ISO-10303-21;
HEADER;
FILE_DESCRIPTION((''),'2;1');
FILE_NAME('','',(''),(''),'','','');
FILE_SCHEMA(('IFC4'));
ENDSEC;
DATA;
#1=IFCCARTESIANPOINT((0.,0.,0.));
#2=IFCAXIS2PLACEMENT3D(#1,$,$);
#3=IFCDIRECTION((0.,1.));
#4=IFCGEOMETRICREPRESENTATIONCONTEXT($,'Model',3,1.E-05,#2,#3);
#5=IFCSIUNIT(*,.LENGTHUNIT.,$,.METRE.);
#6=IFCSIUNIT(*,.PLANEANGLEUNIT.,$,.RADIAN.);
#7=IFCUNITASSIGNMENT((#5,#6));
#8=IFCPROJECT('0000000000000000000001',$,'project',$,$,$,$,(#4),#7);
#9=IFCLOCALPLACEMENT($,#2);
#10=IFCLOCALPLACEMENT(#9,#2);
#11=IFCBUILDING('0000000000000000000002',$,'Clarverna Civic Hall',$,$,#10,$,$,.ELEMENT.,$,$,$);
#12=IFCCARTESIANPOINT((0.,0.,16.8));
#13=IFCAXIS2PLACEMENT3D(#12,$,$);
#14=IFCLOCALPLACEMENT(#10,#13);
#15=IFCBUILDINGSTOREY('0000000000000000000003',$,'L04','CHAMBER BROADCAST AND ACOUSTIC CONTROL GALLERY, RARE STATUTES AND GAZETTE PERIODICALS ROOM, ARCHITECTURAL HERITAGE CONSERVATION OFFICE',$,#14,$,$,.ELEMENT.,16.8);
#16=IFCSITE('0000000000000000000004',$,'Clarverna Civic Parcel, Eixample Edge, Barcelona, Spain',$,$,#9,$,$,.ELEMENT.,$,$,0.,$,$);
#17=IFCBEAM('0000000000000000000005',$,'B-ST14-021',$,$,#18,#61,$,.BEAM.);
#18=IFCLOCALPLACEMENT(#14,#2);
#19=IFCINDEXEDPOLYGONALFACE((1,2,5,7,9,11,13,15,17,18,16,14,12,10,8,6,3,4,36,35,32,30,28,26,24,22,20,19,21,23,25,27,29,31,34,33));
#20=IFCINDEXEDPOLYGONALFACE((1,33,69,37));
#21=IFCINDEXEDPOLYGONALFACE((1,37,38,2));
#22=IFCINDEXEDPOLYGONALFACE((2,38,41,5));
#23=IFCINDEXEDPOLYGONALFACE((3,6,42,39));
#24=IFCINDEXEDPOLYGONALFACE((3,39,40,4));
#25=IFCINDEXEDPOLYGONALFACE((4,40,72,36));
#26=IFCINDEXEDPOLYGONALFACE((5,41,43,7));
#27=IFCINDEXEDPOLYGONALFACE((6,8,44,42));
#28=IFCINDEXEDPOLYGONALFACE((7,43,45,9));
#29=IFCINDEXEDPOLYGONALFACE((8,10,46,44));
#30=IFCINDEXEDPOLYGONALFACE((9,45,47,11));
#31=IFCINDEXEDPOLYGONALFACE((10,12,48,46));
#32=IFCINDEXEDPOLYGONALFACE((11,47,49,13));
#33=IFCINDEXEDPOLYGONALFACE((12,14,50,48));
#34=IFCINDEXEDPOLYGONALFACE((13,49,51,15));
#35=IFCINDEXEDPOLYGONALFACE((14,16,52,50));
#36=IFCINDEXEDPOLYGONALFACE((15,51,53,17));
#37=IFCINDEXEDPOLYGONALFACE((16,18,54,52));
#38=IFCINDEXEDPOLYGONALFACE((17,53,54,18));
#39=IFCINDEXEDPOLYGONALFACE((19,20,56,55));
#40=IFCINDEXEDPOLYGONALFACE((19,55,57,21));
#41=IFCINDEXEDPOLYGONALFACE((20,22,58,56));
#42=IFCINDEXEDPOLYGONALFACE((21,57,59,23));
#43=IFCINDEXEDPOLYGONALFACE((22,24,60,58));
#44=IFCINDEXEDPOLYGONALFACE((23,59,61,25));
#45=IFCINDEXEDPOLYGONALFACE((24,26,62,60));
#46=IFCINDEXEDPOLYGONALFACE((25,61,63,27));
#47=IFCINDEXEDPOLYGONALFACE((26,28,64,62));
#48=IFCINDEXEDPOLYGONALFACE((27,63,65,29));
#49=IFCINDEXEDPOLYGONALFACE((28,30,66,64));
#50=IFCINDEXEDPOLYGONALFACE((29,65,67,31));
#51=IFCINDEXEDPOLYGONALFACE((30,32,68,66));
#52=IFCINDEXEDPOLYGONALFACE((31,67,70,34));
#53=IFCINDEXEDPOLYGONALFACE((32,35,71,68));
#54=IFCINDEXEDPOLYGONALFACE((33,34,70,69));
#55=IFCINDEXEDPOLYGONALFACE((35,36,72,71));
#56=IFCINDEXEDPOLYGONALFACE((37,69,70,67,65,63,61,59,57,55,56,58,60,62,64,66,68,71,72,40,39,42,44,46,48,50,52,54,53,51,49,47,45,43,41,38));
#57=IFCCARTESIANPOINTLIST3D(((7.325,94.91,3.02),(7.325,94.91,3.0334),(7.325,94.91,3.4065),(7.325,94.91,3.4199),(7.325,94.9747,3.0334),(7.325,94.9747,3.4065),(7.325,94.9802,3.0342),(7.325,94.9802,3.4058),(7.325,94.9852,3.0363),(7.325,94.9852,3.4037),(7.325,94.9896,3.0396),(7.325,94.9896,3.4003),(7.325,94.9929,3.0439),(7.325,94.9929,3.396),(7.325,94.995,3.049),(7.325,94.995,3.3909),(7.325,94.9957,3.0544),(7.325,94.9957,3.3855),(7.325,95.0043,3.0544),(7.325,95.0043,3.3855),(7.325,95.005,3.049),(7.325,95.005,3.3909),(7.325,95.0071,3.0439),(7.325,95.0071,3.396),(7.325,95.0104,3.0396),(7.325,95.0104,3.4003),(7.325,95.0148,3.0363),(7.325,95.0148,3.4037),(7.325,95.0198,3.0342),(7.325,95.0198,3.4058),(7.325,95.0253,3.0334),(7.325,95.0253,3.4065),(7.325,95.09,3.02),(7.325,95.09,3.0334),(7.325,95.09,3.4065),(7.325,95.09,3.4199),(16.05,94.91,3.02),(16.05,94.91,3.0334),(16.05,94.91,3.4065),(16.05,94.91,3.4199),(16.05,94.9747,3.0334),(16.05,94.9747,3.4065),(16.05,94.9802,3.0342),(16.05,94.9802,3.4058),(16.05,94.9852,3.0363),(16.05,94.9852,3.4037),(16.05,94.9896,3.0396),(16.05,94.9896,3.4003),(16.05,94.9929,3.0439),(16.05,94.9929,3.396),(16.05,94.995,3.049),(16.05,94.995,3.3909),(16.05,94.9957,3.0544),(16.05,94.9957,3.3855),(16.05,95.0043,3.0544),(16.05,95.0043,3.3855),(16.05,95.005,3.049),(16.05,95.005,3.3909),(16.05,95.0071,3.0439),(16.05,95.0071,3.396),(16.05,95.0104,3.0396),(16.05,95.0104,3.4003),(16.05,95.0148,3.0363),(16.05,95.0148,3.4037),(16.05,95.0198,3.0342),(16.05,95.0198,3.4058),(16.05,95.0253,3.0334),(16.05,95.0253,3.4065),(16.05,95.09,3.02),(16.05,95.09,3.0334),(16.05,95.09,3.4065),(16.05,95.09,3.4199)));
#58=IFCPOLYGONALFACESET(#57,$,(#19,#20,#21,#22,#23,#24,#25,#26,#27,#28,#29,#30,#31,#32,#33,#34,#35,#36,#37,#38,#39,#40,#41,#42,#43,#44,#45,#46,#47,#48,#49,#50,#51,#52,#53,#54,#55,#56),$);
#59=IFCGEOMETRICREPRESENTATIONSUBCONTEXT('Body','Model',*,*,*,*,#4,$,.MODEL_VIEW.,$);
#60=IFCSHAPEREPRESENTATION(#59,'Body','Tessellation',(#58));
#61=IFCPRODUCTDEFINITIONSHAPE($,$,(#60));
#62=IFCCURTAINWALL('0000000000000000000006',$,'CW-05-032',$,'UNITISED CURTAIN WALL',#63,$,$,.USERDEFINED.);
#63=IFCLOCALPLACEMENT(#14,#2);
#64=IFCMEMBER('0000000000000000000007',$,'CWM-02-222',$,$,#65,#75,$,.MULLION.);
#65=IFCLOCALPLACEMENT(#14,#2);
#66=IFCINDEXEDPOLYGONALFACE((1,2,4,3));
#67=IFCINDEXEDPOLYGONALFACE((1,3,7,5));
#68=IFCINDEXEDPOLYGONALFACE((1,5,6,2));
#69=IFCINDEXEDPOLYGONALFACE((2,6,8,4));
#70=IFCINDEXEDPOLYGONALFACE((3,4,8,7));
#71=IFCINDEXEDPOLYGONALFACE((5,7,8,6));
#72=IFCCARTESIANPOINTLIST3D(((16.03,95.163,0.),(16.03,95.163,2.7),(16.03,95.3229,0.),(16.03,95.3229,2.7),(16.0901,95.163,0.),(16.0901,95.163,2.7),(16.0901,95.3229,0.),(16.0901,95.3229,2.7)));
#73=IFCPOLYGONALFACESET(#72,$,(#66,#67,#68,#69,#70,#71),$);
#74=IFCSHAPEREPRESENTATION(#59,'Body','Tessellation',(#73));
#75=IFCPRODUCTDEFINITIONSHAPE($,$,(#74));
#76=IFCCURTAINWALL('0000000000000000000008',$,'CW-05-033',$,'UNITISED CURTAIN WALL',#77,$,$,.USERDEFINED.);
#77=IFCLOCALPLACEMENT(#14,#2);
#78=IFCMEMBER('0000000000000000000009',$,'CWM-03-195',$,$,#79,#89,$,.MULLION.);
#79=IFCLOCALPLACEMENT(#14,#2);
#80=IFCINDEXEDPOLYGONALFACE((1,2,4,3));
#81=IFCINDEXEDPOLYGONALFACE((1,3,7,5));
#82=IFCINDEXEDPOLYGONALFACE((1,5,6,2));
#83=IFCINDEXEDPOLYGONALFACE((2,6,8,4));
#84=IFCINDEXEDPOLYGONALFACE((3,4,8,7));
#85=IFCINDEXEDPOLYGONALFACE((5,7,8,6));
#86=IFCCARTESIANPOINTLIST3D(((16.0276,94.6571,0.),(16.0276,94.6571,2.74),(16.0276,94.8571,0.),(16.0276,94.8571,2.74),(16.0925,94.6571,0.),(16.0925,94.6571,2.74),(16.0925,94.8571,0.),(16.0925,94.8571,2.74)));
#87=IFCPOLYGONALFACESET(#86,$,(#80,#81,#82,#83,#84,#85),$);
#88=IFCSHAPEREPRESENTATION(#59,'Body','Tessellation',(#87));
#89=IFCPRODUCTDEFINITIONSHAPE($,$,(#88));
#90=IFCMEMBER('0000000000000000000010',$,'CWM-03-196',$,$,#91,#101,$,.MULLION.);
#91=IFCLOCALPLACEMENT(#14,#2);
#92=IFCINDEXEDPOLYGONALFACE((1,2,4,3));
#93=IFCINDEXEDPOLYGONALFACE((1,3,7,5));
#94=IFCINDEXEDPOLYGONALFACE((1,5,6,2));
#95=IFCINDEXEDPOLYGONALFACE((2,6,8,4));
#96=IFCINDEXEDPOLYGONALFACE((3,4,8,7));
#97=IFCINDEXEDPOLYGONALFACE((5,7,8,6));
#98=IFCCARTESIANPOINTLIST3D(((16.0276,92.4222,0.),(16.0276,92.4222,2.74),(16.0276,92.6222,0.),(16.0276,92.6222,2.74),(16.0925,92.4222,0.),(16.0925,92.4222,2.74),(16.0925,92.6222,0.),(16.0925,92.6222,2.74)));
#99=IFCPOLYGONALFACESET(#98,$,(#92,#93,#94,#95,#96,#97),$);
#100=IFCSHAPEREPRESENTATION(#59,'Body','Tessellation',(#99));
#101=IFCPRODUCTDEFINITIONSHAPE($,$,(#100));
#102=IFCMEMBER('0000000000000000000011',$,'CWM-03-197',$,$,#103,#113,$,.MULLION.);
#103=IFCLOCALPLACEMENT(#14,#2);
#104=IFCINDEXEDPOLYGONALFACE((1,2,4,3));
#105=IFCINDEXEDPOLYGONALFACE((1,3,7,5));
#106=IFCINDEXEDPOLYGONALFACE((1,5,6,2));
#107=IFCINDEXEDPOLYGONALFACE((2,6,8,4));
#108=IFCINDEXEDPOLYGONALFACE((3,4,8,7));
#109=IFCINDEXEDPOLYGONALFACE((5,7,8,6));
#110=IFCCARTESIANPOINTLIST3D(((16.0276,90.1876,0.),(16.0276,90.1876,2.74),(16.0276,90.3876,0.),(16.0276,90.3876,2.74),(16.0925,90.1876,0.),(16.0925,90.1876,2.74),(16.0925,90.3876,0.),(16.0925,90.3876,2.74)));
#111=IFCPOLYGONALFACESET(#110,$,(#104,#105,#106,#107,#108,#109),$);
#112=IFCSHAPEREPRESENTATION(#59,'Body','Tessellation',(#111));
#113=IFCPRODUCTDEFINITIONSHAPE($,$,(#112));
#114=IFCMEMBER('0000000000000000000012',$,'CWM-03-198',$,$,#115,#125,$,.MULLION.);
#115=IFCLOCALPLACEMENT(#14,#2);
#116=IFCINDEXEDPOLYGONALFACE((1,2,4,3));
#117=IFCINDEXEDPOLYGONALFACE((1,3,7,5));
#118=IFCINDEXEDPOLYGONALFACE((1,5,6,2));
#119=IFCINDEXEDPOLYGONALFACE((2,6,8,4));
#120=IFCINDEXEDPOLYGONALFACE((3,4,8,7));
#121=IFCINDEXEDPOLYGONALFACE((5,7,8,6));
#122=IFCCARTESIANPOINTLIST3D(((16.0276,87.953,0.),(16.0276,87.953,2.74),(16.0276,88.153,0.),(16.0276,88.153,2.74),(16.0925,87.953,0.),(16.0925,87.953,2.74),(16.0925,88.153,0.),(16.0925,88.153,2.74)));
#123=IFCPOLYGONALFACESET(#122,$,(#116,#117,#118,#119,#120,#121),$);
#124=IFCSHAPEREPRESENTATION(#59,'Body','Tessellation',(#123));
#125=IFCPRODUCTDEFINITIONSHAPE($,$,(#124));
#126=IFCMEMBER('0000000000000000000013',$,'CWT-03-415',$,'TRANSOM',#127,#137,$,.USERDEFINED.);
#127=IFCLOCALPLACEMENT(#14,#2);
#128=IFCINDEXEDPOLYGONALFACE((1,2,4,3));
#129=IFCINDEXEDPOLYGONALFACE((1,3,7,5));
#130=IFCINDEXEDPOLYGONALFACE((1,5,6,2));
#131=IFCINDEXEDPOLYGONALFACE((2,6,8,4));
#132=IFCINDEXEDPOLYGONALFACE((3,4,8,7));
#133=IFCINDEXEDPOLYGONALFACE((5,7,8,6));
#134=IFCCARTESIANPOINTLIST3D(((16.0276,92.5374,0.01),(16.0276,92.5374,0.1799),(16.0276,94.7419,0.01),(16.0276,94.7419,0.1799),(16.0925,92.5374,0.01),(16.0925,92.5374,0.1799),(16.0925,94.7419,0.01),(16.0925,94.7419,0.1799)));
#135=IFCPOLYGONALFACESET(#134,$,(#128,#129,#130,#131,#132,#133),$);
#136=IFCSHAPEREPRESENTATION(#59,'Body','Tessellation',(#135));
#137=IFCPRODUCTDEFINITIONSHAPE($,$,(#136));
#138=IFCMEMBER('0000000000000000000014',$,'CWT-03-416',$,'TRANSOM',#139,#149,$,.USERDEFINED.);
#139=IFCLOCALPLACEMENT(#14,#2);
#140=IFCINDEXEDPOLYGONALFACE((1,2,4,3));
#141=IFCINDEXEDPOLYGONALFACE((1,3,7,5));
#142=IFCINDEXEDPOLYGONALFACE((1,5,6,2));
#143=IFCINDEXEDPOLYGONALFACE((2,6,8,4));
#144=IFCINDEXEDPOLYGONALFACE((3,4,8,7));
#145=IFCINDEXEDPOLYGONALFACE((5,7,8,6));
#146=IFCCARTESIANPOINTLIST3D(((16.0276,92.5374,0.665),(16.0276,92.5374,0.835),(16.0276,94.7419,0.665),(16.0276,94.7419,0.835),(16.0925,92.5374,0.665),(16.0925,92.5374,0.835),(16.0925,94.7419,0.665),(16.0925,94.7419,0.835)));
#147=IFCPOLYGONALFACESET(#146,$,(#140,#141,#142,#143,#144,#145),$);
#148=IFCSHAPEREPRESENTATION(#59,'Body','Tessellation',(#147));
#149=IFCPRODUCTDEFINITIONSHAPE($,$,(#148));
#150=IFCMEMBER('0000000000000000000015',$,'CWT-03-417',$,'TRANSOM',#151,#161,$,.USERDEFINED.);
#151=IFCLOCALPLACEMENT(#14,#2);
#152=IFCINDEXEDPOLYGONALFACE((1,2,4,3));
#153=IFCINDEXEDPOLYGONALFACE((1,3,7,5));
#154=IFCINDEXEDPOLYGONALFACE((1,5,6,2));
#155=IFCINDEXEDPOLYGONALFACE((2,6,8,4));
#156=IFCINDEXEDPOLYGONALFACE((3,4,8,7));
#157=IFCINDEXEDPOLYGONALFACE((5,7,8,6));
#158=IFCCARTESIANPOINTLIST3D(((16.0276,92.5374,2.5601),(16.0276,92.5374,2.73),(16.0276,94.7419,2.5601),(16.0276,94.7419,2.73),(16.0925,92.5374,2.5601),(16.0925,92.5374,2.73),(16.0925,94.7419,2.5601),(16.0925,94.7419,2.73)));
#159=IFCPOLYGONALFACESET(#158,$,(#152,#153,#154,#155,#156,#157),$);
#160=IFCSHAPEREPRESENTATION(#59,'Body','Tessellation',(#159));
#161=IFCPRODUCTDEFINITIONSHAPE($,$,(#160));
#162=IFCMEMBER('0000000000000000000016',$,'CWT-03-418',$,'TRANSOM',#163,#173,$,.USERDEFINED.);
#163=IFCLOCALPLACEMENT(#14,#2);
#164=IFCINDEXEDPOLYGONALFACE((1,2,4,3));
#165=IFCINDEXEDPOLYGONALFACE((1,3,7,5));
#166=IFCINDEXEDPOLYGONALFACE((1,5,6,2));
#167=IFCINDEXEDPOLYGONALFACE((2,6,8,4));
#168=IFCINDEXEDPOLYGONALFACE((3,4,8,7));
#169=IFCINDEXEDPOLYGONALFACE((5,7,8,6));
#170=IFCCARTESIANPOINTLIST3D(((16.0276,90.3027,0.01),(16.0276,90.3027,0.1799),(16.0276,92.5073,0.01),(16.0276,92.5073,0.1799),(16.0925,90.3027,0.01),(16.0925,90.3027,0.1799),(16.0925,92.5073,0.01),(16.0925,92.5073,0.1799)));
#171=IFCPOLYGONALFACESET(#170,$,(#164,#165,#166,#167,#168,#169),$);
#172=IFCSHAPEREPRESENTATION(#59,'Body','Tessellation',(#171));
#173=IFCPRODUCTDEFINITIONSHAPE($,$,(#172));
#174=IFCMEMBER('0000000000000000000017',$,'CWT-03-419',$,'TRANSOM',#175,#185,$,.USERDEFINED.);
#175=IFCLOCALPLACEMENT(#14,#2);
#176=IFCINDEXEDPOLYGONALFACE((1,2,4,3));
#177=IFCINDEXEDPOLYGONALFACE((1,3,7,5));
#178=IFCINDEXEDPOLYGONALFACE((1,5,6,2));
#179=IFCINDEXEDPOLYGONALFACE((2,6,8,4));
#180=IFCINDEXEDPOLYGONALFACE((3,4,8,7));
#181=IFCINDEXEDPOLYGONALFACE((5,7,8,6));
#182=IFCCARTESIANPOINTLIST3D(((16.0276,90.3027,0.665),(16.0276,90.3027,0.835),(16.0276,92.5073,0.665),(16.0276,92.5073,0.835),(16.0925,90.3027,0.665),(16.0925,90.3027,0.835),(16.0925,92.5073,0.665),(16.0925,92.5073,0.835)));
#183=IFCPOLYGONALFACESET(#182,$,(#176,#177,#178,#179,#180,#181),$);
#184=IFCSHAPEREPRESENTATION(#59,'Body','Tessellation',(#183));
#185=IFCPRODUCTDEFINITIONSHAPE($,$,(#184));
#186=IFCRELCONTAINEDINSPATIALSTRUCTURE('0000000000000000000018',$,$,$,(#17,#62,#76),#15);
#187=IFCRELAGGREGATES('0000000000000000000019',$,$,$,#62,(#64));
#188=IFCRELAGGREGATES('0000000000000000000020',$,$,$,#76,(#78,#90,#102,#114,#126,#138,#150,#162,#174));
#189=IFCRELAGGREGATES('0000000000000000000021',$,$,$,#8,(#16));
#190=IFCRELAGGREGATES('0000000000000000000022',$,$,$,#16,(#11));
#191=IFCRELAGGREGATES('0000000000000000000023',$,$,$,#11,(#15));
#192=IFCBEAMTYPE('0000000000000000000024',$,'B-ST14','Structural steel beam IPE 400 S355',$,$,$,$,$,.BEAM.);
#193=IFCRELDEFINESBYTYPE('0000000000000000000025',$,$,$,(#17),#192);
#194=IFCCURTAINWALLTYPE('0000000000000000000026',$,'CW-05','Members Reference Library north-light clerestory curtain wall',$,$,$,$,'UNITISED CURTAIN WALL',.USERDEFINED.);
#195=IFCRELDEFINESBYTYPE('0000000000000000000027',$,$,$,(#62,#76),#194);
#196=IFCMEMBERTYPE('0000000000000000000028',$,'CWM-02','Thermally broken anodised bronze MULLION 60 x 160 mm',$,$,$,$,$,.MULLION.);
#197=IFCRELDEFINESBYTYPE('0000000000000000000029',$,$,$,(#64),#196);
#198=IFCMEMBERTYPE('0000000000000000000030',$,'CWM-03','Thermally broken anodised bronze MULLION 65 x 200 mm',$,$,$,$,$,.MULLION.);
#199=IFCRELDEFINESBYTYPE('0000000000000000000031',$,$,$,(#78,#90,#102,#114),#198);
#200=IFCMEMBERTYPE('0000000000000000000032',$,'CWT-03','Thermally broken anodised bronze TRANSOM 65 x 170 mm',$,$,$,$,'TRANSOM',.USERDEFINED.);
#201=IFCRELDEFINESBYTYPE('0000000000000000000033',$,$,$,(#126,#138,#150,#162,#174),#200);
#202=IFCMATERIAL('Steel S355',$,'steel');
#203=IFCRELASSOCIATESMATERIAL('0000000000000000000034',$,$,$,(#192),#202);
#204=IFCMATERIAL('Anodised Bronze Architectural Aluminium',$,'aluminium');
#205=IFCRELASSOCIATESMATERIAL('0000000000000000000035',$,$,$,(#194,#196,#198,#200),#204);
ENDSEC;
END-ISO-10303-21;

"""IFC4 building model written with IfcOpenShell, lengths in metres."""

from ifc_helpers import new_model, si_unit, direction, frame, origin, origin_2d, place, context, subcontext, project, spatial, rectangle, i_section, extrude, material, material_profile, profile_set, type_object, element, aggregate, save


model = new_model("IFC4")

# Units and contexts
model_context = context("Model", 3, precision=1e-05, world=origin(), true_north=direction((0.0, 1.0)))
body_context = subcontext(model_context, "Body", "Model", "MODEL_VIEW")
ifc_project = project(units=[si_unit("LENGTHUNIT", "METRE"), si_unit("PLANEANGLEUNIT", "RADIAN")], contexts=[model_context])

# Site, building, storey
site_placement = place(None, origin())
site = spatial("IfcSite", under=ifc_project, at=site_placement, Name="Clarverna Civic Parcel, Eixample Edge, Barcelona, Spain", CompositionType="ELEMENT", RefElevation=0.0)
building_placement = place(site_placement, origin())
building = spatial("IfcBuilding", under=site, at=building_placement, Name="Clarverna Civic Hall", CompositionType="ELEMENT")
storey_placement = place(building_placement, frame((0.0, 0.0, 16.8)))
storey = spatial("IfcBuildingStorey", under=building, at=storey_placement, Name="L04", Description="CHAMBER BROADCAST AND ACOUSTIC CONTROL GALLERY, RARE STATUTES AND GAZETTE PERIODICALS ROOM, ARCHITECTURAL HERITAGE CONSERVATION OFFICE", CompositionType="ELEMENT", Elevation=16.8)

# Beam
ifc_material_1 = material(Name="Steel S355", Category="steel")
ifc_material_profile_1 = material_profile(ifc_material_1, i_section(OverallWidth=0.1799, OverallDepth=0.3999, WebThickness=0.0085, FlangeThickness=0.0134, FilletRadius=0.021, at=origin_2d()), Name="IPE 400")
ifc_profile_set_1 = profile_set([ifc_material_profile_1], Name="Steel S355")
beam_type = type_object("IfcBeamType", Name="B-ST14", Description="Structural steel beam IPE 400 S355", PredefinedType="BEAM", material=ifc_profile_set_1)
beam_placement = place(storey_placement, frame((7.325, 95.0, 3.22), z_axis=(1.0, 0.0, 0.0), x_axis=(0.0, 1.0, 0.0)))
element("IfcBeam", 1, at=beam_placement, inside=storey, type_object=beam_type, Name="B-ST14-021", PredefinedType="BEAM", context=body_context, shape_type="SweptSolid", body=[
    extrude(i_section(OverallWidth=0.1799, OverallDepth=0.3999, WebThickness=0.0085, FlangeThickness=0.0134, FilletRadius=0.021, at=origin_2d()), origin(), (0.0, 0.0, 1.0), 8.7251),
])

# Curtain wall, member
ifc_material_2 = material(Name="Anodised Bronze Architectural Aluminium", Category="aluminium")
curtain_wall_type = type_object("IfcCurtainWallType", Name="CW-05", Description="Members Reference Library north-light clerestory curtain wall", ElementType="UNITISED CURTAIN WALL", PredefinedType="USERDEFINED", material=ifc_material_2)
curtain_wall_1_placement = place(storey_placement, origin())
curtain_wall_1 = element("IfcCurtainWall", 2, at=curtain_wall_1_placement, inside=storey, type_object=curtain_wall_type, Name="CW-05-032", ObjectType="UNITISED CURTAIN WALL", PredefinedType="USERDEFINED")
ifc_material_profile_2 = material_profile(ifc_material_2, rectangle(XDim=0.0601, YDim=0.1599, at=origin_2d()), Name="BRONZE 60x160")
ifc_profile_set_2 = profile_set([ifc_material_profile_2], Name="Anodised Bronze Architectural Aluminium")
member_type_1 = type_object("IfcMemberType", Name="CWM-02", Description="Thermally broken anodised bronze MULLION 60 x 160 mm", PredefinedType="MULLION", material=ifc_profile_set_2)
member_1_placement = place(storey_placement, frame((16.0601, 95.2429, 0.0), z_axis=(0.0, 0.0, 1.0), x_axis=(1.0, 0.0, 0.0)))
member_1 = element("IfcMember", 3, at=member_1_placement, type_object=member_type_1, Name="CWM-02-222", PredefinedType="MULLION", context=body_context, shape_type="SweptSolid", body=[
    extrude(rectangle(XDim=0.0601, YDim=0.1599, at=origin_2d()), origin(), (0.0, 0.0, 1.0), 2.7),
])
aggregate(curtain_wall_1, [member_1])

# Curtain wall, members
curtain_wall_2_placement = place(storey_placement, origin())
curtain_wall_2 = element("IfcCurtainWall", 4, at=curtain_wall_2_placement, inside=storey, type_object=curtain_wall_type, Name="CW-05-033", ObjectType="UNITISED CURTAIN WALL", PredefinedType="USERDEFINED")
ifc_material_profile_3 = material_profile(ifc_material_2, rectangle(XDim=0.0649, YDim=0.2, at=origin_2d()), Name="BRONZE 65x200")
ifc_profile_set_3 = profile_set([ifc_material_profile_3], Name="Anodised Bronze Architectural Aluminium")
member_type_2 = type_object("IfcMemberType", Name="CWM-03", Description="Thermally broken anodised bronze MULLION 65 x 200 mm", PredefinedType="MULLION", material=ifc_profile_set_3)
member_2_placement = place(storey_placement, frame((16.0601, 94.7571, 0.0), z_axis=(0.0, 0.0, 1.0), x_axis=(1.0, 0.0, 0.0)))
member_2 = element("IfcMember", 5, at=member_2_placement, type_object=member_type_2, Name="CWM-03-195", PredefinedType="MULLION", context=body_context, shape_type="SweptSolid", body=[
    extrude(rectangle(XDim=0.0649, YDim=0.2, at=origin_2d()), origin(), (0.0, 0.0, 1.0), 2.74),
])
member_3_placement = place(storey_placement, frame((16.0601, 92.5222, 0.0), z_axis=(0.0, 0.0, 1.0), x_axis=(1.0, 0.0, 0.0)))
member_3 = element("IfcMember", 6, at=member_3_placement, type_object=member_type_2, Name="CWM-03-196", PredefinedType="MULLION", context=body_context, shape_type="SweptSolid", body=[
    extrude(rectangle(XDim=0.0649, YDim=0.2, at=origin_2d()), origin(), (0.0, 0.0, 1.0), 2.74),
])
member_4_placement = place(storey_placement, frame((16.0601, 90.2876, 0.0), z_axis=(0.0, 0.0, 1.0), x_axis=(1.0, 0.0, 0.0)))
member_4 = element("IfcMember", 7, at=member_4_placement, type_object=member_type_2, Name="CWM-03-197", PredefinedType="MULLION", context=body_context, shape_type="SweptSolid", body=[
    extrude(rectangle(XDim=0.0649, YDim=0.2, at=origin_2d()), origin(), (0.0, 0.0, 1.0), 2.74),
])
member_5_placement = place(storey_placement, frame((16.0601, 88.053, 0.0), z_axis=(0.0, 0.0, 1.0), x_axis=(1.0, 0.0, 0.0)))
member_5 = element("IfcMember", 8, at=member_5_placement, type_object=member_type_2, Name="CWM-03-198", PredefinedType="MULLION", context=body_context, shape_type="SweptSolid", body=[
    extrude(rectangle(XDim=0.0649, YDim=0.2, at=origin_2d()), origin(), (0.0, 0.0, 1.0), 2.74),
])
ifc_material_profile_4 = material_profile(ifc_material_2, rectangle(XDim=0.0649, YDim=0.1699, at=origin_2d()), Name="BRONZE 65x170")
ifc_profile_set_4 = profile_set([ifc_material_profile_4], Name="Anodised Bronze Architectural Aluminium")
member_type_3 = type_object("IfcMemberType", Name="CWT-03", Description="Thermally broken anodised bronze TRANSOM 65 x 170 mm", ElementType="TRANSOM", PredefinedType="USERDEFINED", material=ifc_profile_set_4)
member_6_placement = place(storey_placement, frame((16.0601, 94.7419, 0.095), z_axis=(0.0, -1.0, 0.0), x_axis=(1.0, 0.0, 0.0)))
member_6 = element("IfcMember", 9, at=member_6_placement, type_object=member_type_3, Name="CWT-03-415", ObjectType="TRANSOM", PredefinedType="USERDEFINED", context=body_context, shape_type="SweptSolid", body=[
    extrude(rectangle(XDim=0.0649, YDim=0.1699, at=origin_2d()), origin(), (0.0, 0.0, 1.0), 2.2046),
])
member_7_placement = place(storey_placement, frame((16.0601, 94.7419, 0.75), z_axis=(0.0, -1.0, 0.0), x_axis=(1.0, 0.0, 0.0)))
member_7 = element("IfcMember", 10, at=member_7_placement, type_object=member_type_3, Name="CWT-03-416", ObjectType="TRANSOM", PredefinedType="USERDEFINED", context=body_context, shape_type="SweptSolid", body=[
    extrude(rectangle(XDim=0.0649, YDim=0.1699, at=origin_2d()), origin(), (0.0, 0.0, 1.0), 2.2046),
])
member_8_placement = place(storey_placement, frame((16.0601, 94.7419, 2.645), z_axis=(0.0, -1.0, 0.0), x_axis=(1.0, 0.0, 0.0)))
member_8 = element("IfcMember", 11, at=member_8_placement, type_object=member_type_3, Name="CWT-03-417", ObjectType="TRANSOM", PredefinedType="USERDEFINED", context=body_context, shape_type="SweptSolid", body=[
    extrude(rectangle(XDim=0.0649, YDim=0.1699, at=origin_2d()), origin(), (0.0, 0.0, 1.0), 2.2046),
])
member_9_placement = place(storey_placement, frame((16.0601, 92.5073, 0.095), z_axis=(0.0, -1.0, 0.0), x_axis=(1.0, 0.0, 0.0)))
member_9 = element("IfcMember", 12, at=member_9_placement, type_object=member_type_3, Name="CWT-03-418", ObjectType="TRANSOM", PredefinedType="USERDEFINED", context=body_context, shape_type="SweptSolid", body=[
    extrude(rectangle(XDim=0.0649, YDim=0.1699, at=origin_2d()), origin(), (0.0, 0.0, 1.0), 2.2046),
])
member_10_placement = place(storey_placement, frame((16.0601, 92.5073, 0.75), z_axis=(0.0, -1.0, 0.0), x_axis=(1.0, 0.0, 0.0)))
member_10 = element("IfcMember", 13, at=member_10_placement, type_object=member_type_3, Name="CWT-03-419", ObjectType="TRANSOM", PredefinedType="USERDEFINED", context=body_context, shape_type="SweptSolid", body=[
    extrude(rectangle(XDim=0.0649, YDim=0.1699, at=origin_2d()), origin(), (0.0, 0.0, 1.0), 2.2046),
])
aggregate(curtain_wall_2, [member_2, member_3, member_4, member_5, member_6, member_7, member_8, member_9, member_10])

save(model, "model.ifc")
